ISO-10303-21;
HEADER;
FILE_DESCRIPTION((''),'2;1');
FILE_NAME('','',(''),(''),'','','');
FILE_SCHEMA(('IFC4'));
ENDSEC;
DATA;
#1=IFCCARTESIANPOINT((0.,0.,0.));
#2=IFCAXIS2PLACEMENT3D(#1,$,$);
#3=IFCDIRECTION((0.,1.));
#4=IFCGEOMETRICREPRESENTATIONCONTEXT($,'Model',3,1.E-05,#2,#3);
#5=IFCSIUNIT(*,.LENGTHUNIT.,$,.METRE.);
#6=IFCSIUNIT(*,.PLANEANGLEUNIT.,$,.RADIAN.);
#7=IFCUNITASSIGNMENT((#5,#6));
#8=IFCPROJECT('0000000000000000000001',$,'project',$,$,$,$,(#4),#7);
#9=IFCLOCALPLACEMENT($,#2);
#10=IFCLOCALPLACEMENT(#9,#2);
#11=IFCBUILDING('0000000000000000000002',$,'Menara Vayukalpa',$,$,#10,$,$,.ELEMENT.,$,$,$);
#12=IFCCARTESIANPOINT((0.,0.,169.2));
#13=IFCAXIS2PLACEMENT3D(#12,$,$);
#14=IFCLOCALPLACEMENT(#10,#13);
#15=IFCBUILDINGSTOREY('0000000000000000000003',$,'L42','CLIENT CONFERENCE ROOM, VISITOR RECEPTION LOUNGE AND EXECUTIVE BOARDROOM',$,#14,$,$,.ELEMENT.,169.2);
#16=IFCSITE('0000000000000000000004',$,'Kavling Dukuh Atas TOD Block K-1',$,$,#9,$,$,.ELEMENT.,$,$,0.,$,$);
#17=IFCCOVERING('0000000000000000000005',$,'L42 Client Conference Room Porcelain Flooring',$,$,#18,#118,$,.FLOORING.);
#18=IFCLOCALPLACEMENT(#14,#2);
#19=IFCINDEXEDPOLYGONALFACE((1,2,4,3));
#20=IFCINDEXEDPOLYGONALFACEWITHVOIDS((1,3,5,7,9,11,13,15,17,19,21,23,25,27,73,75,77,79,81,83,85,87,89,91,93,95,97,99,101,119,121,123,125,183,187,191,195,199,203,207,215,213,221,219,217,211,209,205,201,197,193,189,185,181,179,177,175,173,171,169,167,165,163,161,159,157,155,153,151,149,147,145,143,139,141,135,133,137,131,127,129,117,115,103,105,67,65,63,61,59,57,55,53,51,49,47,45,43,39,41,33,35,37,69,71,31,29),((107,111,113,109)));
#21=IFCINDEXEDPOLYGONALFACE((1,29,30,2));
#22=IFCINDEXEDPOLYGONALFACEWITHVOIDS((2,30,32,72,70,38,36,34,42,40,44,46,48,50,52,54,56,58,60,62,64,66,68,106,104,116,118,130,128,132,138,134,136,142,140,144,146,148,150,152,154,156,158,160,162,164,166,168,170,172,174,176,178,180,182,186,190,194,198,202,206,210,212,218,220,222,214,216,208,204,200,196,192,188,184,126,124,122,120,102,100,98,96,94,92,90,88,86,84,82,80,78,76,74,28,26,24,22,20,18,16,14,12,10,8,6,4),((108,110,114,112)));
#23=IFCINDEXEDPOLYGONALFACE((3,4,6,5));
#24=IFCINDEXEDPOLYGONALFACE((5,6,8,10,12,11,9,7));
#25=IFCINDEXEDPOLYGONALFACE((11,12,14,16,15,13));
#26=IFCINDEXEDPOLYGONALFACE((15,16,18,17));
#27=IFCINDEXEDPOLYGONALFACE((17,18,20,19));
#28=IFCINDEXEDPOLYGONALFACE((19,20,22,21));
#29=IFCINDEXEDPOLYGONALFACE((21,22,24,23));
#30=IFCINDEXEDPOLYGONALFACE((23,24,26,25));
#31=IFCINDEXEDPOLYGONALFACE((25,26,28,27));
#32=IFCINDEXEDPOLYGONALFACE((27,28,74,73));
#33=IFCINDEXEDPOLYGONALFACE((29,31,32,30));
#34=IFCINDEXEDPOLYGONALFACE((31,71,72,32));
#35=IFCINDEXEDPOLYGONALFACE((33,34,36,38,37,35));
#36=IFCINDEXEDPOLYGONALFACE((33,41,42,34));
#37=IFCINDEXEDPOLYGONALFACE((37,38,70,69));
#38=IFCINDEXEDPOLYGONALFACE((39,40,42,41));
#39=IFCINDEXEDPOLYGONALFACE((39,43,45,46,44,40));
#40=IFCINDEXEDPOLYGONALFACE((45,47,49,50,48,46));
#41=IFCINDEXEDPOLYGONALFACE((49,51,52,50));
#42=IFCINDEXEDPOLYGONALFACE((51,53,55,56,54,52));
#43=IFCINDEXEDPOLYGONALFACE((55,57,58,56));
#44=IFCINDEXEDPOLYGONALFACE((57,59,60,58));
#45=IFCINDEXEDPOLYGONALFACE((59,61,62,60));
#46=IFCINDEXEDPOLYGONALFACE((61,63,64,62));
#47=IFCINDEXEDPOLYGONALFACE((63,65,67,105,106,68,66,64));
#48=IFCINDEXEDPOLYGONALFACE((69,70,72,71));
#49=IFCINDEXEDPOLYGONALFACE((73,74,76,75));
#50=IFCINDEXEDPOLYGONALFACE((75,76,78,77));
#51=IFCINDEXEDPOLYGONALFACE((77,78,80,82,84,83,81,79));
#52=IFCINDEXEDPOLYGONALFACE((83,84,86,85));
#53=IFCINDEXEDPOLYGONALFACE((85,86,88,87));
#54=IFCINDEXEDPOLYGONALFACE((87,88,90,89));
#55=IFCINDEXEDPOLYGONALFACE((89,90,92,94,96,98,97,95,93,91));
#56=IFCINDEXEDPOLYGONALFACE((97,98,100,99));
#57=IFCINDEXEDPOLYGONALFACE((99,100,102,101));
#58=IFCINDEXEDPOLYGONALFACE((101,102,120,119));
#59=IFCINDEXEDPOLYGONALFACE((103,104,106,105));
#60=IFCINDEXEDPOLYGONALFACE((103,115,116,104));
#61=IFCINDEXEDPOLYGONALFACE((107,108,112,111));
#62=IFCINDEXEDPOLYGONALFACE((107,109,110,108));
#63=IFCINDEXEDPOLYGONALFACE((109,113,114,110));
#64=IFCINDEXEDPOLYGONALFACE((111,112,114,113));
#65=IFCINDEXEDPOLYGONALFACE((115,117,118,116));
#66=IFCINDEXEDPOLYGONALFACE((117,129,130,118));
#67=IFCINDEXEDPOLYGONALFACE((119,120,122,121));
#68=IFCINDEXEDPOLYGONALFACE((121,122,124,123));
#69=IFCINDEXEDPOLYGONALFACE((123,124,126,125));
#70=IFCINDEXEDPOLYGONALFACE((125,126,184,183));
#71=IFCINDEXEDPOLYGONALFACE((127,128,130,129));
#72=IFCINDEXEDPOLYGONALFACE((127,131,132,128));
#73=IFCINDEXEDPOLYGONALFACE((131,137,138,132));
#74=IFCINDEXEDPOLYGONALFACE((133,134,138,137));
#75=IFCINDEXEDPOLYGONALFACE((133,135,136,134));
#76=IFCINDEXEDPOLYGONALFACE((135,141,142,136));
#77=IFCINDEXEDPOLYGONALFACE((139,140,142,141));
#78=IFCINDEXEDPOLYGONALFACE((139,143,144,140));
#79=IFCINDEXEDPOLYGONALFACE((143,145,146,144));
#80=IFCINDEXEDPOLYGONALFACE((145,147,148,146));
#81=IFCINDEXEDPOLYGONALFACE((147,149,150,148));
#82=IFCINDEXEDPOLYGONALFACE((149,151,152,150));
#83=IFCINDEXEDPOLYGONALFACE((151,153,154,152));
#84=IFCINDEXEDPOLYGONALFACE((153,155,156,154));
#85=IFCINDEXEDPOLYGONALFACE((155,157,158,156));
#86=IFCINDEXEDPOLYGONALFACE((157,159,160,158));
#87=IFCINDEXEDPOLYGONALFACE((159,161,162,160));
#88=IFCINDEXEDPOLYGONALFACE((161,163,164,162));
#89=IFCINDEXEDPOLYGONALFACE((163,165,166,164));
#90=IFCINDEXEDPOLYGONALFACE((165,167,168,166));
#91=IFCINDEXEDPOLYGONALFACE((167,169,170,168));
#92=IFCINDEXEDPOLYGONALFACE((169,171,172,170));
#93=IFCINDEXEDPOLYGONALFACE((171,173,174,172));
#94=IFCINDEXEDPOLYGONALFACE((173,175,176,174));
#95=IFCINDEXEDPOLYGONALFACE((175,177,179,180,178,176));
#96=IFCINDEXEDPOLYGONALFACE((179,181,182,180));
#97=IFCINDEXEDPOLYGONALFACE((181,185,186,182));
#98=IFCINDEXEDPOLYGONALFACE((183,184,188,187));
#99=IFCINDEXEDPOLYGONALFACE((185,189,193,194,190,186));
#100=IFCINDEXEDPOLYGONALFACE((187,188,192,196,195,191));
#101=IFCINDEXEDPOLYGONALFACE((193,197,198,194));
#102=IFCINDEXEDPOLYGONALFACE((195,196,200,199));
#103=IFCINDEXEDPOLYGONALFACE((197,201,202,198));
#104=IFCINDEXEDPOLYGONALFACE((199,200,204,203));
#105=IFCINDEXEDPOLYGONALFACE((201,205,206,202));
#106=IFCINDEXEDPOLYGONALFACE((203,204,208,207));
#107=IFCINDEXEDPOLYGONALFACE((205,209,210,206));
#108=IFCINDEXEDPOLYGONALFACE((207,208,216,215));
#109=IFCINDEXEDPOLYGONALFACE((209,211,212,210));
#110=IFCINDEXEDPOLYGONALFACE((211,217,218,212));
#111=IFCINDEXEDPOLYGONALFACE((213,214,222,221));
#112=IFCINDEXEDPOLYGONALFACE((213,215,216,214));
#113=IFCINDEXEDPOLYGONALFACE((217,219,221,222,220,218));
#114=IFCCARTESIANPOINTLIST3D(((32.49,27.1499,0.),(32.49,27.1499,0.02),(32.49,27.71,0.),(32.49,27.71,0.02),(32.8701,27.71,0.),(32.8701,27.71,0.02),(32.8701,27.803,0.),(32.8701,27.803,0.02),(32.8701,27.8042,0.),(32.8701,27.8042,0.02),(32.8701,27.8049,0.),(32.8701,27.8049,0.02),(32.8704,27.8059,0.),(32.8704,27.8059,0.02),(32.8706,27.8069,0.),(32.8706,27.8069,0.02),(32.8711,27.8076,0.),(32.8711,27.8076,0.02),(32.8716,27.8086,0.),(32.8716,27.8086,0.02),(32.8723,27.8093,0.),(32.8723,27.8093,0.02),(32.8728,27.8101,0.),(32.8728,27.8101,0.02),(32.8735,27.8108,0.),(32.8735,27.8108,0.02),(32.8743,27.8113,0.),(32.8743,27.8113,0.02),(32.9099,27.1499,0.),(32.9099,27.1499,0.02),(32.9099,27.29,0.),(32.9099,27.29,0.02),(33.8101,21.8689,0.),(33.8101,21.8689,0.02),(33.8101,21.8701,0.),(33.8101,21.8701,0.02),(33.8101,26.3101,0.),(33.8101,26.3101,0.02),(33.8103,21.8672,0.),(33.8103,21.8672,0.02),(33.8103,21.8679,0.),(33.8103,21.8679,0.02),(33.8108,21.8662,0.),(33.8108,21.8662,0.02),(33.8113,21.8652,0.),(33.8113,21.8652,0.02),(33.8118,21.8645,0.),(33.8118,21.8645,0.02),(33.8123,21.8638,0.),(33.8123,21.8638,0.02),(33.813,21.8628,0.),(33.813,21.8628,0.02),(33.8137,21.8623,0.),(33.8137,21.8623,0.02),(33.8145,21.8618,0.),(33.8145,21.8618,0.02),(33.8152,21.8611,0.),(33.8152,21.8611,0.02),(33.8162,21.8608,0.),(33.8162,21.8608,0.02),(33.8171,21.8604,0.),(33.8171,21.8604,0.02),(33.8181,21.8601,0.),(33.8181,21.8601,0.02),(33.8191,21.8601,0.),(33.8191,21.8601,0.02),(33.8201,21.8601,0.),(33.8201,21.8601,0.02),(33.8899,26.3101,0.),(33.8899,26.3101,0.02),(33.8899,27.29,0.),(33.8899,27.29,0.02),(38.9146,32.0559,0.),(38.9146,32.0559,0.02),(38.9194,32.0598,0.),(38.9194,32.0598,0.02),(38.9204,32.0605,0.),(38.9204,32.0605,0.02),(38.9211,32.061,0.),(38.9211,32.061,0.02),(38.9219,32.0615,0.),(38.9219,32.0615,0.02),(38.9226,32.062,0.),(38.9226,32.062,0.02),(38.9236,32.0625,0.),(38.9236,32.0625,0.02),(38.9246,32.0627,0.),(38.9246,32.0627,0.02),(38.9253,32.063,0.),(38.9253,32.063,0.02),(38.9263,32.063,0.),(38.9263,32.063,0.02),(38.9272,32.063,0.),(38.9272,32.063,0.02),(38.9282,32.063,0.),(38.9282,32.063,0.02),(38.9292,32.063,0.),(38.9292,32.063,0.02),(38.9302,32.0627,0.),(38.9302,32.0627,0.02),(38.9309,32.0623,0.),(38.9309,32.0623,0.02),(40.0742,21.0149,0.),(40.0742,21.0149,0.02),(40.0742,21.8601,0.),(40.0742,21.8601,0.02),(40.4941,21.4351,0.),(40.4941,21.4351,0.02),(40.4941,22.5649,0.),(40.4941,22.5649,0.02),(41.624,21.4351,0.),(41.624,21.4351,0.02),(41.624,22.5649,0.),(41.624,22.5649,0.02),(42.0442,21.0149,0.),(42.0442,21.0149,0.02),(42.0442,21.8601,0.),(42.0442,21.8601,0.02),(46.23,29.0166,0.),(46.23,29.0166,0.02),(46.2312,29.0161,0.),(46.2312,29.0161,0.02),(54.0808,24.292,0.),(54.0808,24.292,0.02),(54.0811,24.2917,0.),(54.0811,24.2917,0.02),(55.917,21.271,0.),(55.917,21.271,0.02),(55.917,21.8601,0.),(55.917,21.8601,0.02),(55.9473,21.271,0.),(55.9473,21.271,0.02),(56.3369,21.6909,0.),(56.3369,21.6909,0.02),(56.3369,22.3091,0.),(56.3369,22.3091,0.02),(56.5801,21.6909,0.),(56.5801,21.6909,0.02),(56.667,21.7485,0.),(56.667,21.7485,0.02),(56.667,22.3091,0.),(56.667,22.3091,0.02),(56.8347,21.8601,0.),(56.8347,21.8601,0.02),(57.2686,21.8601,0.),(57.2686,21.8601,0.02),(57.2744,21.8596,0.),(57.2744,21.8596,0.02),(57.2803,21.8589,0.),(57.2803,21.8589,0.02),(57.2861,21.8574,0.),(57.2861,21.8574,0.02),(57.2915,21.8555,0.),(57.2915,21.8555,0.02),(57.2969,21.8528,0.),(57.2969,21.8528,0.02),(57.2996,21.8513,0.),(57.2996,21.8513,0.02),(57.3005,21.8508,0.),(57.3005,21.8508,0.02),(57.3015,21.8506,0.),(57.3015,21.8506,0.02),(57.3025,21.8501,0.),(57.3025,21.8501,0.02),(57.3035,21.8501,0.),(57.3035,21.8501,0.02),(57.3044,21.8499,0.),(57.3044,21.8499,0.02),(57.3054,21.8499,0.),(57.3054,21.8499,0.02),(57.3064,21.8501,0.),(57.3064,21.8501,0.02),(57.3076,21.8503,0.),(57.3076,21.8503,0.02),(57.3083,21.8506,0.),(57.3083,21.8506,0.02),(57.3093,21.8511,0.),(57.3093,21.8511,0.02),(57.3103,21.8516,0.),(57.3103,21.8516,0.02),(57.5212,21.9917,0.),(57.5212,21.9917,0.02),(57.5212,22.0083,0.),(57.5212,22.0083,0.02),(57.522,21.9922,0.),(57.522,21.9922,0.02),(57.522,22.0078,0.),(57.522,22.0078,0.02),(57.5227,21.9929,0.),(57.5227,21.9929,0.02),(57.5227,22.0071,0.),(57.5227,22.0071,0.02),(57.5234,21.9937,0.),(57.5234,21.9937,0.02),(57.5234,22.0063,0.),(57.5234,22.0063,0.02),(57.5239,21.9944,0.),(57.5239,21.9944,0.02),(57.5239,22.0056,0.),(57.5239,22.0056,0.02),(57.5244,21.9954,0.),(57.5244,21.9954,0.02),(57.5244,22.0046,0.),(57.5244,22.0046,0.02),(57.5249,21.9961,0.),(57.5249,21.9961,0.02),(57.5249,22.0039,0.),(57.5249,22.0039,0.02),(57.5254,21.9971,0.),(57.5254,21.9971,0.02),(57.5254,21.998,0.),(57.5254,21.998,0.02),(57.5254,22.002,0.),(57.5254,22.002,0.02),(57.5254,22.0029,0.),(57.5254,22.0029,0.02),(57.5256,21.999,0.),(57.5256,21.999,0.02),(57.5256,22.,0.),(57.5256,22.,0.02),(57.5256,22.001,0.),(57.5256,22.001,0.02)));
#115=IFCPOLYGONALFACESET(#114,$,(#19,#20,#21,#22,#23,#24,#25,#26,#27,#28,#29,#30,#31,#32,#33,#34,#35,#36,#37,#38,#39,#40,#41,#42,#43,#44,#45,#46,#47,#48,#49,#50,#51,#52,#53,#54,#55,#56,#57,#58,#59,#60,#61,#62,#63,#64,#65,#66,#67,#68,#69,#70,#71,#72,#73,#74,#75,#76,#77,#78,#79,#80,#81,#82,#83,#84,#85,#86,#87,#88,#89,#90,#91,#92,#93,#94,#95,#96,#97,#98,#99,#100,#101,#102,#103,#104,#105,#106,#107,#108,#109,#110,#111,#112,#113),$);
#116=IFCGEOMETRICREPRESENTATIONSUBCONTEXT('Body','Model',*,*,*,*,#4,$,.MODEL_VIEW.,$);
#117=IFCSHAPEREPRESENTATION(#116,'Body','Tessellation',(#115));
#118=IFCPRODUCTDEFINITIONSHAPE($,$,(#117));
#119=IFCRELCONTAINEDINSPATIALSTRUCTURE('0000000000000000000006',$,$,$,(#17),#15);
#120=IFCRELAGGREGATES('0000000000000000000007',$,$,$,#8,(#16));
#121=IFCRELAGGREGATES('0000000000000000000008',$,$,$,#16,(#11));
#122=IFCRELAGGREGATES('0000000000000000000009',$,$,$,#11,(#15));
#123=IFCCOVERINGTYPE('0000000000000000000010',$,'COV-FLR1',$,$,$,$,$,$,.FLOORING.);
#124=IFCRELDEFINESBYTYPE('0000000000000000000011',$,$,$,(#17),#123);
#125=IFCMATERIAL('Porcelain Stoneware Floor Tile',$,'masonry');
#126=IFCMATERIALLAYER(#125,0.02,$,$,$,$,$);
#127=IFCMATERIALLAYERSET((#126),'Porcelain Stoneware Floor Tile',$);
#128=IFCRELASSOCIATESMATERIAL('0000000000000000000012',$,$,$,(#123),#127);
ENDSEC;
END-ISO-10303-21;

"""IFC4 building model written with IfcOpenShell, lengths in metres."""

from ifc_helpers import new_model, si_unit, direction, frame, origin, place, context, subcontext, project, spatial, polyline, outline, extrude, material, layer, layer_set, type_object, element, save


model = new_model("IFC4")

# Units and contexts
model_context = context("Model", 3, precision=1e-05, world=origin(), true_north=direction((0.0, 1.0)))
body_context = subcontext(model_context, "Body", "Model", "MODEL_VIEW")
ifc_project = project(units=[si_unit("LENGTHUNIT", "METRE"), si_unit("PLANEANGLEUNIT", "RADIAN")], contexts=[model_context])

# Site, building, storey
site_placement = place(None, origin())
site = spatial("IfcSite", under=ifc_project, at=site_placement, Name="Kavling Dukuh Atas TOD Block K-1", CompositionType="ELEMENT", RefElevation=0.0)
building_placement = place(site_placement, origin())
building = spatial("IfcBuilding", under=site, at=building_placement, Name="Menara Vayukalpa", CompositionType="ELEMENT")
storey_placement = place(building_placement, frame((0.0, 0.0, 169.2)))
storey = spatial("IfcBuildingStorey", under=building, at=storey_placement, Name="L42", Description="CLIENT CONFERENCE ROOM, VISITOR RECEPTION LOUNGE AND EXECUTIVE BOARDROOM", CompositionType="ELEMENT", Elevation=169.2)

# Covering
ifc_material_1 = material(Name="Porcelain Stoneware Floor Tile", Category="masonry")
ifc_layer_1 = layer(ifc_material_1, 0.02)
ifc_layer_set_1 = layer_set([ifc_layer_1], Name="Porcelain Stoneware Floor Tile")
covering_type_1 = type_object("IfcCoveringType", Name="COV-FLR1", PredefinedType="FLOORING", material=ifc_layer_set_1)
covering_1_placement = place(storey_placement, origin())
element("IfcCovering", 1, at=covering_1_placement, inside=storey, type_object=covering_type_1, Name="L42 Client Conference Room Porcelain Flooring", PredefinedType="FLOORING", context=body_context, shape_type="SweptSolid", body=[
    extrude(outline(polyline([(40.0742, 21.0149), (40.0742, 21.8601), (33.8201, 21.8601), (33.8191, 21.8601), (33.8181, 21.8601), (33.8171, 21.8604), (33.8162, 21.8608), (33.8152, 21.8611), (33.8145, 21.8618), (33.8137, 21.8623), (33.813, 21.8628), (33.8123, 21.8638), (33.8118, 21.8645), (33.8113, 21.8652), (33.8108, 21.8662), (33.8103, 21.8672), (33.8103, 21.8679), (33.8101, 21.8689), (33.8101, 21.8701), (33.8101, 26.3101), (33.8899, 26.3101), (33.8899, 27.29), (32.9099, 27.29), (32.9099, 27.1499), (32.49, 27.1499), (32.49, 27.71), (32.8701, 27.71), (32.8701, 27.803), (32.8701, 27.8042), (32.8701, 27.8049), (32.8704, 27.8059), (32.8706, 27.8069), (32.8711, 27.8076), (32.8716, 27.8086), (32.8723, 27.8093), (32.8728, 27.8101), (32.8735, 27.8108), (32.8743, 27.8113), (38.9146, 32.0559), (38.9194, 32.0598), (38.9204, 32.0605), (38.9211, 32.061), (38.9219, 32.0615), (38.9226, 32.062), (38.9236, 32.0625), (38.9246, 32.0627), (38.9253, 32.063), (38.9263, 32.063), (38.9272, 32.063), (38.9282, 32.063), (38.9292, 32.063), (38.9302, 32.0627), (38.9309, 32.0623), (46.23, 29.0166), (46.2312, 29.0161), (54.0808, 24.292), (54.0811, 24.2917), (57.5212, 22.0083), (57.522, 22.0078), (57.5227, 22.0071), (57.5234, 22.0063), (57.5239, 22.0056), (57.5244, 22.0046), (57.5249, 22.0039), (57.5254, 22.0029), (57.5254, 22.002), (57.5256, 22.001), (57.5256, 22.0), (57.5256, 21.999), (57.5254, 21.998), (57.5254, 21.9971), (57.5249, 21.9961), (57.5244, 21.9954), (57.5239, 21.9944), (57.5234, 21.9937), (57.5227, 21.9929), (57.522, 21.9922), (57.5212, 21.9917), (57.3103, 21.8516), (57.3093, 21.8511), (57.3083, 21.8506), (57.3076, 21.8503), (57.3064, 21.8501), (57.3054, 21.8499), (57.3044, 21.8499), (57.3035, 21.8501), (57.3025, 21.8501), (57.3015, 21.8506), (57.3005, 21.8508), (57.2996, 21.8513), (57.2969, 21.8528), (57.2915, 21.8555), (57.2861, 21.8574), (57.2803, 21.8589), (57.2744, 21.8596), (57.2686, 21.8601), (56.8347, 21.8601), (56.667, 21.7485), (56.667, 22.3091), (56.3369, 22.3091), (56.3369, 21.6909), (56.5801, 21.6909), (55.9473, 21.271), (55.917, 21.271), (55.917, 21.8601), (42.0442, 21.8601), (42.0442, 21.0149), (40.0742, 21.0149)]), holes=[polyline([(41.624, 22.5649), (40.4941, 22.5649), (40.4941, 21.4351), (41.624, 21.4351), (41.624, 22.5649)])]), origin(), (0.0, 0.0, 1.0), 0.02),
])

save(model, "model.ifc")
